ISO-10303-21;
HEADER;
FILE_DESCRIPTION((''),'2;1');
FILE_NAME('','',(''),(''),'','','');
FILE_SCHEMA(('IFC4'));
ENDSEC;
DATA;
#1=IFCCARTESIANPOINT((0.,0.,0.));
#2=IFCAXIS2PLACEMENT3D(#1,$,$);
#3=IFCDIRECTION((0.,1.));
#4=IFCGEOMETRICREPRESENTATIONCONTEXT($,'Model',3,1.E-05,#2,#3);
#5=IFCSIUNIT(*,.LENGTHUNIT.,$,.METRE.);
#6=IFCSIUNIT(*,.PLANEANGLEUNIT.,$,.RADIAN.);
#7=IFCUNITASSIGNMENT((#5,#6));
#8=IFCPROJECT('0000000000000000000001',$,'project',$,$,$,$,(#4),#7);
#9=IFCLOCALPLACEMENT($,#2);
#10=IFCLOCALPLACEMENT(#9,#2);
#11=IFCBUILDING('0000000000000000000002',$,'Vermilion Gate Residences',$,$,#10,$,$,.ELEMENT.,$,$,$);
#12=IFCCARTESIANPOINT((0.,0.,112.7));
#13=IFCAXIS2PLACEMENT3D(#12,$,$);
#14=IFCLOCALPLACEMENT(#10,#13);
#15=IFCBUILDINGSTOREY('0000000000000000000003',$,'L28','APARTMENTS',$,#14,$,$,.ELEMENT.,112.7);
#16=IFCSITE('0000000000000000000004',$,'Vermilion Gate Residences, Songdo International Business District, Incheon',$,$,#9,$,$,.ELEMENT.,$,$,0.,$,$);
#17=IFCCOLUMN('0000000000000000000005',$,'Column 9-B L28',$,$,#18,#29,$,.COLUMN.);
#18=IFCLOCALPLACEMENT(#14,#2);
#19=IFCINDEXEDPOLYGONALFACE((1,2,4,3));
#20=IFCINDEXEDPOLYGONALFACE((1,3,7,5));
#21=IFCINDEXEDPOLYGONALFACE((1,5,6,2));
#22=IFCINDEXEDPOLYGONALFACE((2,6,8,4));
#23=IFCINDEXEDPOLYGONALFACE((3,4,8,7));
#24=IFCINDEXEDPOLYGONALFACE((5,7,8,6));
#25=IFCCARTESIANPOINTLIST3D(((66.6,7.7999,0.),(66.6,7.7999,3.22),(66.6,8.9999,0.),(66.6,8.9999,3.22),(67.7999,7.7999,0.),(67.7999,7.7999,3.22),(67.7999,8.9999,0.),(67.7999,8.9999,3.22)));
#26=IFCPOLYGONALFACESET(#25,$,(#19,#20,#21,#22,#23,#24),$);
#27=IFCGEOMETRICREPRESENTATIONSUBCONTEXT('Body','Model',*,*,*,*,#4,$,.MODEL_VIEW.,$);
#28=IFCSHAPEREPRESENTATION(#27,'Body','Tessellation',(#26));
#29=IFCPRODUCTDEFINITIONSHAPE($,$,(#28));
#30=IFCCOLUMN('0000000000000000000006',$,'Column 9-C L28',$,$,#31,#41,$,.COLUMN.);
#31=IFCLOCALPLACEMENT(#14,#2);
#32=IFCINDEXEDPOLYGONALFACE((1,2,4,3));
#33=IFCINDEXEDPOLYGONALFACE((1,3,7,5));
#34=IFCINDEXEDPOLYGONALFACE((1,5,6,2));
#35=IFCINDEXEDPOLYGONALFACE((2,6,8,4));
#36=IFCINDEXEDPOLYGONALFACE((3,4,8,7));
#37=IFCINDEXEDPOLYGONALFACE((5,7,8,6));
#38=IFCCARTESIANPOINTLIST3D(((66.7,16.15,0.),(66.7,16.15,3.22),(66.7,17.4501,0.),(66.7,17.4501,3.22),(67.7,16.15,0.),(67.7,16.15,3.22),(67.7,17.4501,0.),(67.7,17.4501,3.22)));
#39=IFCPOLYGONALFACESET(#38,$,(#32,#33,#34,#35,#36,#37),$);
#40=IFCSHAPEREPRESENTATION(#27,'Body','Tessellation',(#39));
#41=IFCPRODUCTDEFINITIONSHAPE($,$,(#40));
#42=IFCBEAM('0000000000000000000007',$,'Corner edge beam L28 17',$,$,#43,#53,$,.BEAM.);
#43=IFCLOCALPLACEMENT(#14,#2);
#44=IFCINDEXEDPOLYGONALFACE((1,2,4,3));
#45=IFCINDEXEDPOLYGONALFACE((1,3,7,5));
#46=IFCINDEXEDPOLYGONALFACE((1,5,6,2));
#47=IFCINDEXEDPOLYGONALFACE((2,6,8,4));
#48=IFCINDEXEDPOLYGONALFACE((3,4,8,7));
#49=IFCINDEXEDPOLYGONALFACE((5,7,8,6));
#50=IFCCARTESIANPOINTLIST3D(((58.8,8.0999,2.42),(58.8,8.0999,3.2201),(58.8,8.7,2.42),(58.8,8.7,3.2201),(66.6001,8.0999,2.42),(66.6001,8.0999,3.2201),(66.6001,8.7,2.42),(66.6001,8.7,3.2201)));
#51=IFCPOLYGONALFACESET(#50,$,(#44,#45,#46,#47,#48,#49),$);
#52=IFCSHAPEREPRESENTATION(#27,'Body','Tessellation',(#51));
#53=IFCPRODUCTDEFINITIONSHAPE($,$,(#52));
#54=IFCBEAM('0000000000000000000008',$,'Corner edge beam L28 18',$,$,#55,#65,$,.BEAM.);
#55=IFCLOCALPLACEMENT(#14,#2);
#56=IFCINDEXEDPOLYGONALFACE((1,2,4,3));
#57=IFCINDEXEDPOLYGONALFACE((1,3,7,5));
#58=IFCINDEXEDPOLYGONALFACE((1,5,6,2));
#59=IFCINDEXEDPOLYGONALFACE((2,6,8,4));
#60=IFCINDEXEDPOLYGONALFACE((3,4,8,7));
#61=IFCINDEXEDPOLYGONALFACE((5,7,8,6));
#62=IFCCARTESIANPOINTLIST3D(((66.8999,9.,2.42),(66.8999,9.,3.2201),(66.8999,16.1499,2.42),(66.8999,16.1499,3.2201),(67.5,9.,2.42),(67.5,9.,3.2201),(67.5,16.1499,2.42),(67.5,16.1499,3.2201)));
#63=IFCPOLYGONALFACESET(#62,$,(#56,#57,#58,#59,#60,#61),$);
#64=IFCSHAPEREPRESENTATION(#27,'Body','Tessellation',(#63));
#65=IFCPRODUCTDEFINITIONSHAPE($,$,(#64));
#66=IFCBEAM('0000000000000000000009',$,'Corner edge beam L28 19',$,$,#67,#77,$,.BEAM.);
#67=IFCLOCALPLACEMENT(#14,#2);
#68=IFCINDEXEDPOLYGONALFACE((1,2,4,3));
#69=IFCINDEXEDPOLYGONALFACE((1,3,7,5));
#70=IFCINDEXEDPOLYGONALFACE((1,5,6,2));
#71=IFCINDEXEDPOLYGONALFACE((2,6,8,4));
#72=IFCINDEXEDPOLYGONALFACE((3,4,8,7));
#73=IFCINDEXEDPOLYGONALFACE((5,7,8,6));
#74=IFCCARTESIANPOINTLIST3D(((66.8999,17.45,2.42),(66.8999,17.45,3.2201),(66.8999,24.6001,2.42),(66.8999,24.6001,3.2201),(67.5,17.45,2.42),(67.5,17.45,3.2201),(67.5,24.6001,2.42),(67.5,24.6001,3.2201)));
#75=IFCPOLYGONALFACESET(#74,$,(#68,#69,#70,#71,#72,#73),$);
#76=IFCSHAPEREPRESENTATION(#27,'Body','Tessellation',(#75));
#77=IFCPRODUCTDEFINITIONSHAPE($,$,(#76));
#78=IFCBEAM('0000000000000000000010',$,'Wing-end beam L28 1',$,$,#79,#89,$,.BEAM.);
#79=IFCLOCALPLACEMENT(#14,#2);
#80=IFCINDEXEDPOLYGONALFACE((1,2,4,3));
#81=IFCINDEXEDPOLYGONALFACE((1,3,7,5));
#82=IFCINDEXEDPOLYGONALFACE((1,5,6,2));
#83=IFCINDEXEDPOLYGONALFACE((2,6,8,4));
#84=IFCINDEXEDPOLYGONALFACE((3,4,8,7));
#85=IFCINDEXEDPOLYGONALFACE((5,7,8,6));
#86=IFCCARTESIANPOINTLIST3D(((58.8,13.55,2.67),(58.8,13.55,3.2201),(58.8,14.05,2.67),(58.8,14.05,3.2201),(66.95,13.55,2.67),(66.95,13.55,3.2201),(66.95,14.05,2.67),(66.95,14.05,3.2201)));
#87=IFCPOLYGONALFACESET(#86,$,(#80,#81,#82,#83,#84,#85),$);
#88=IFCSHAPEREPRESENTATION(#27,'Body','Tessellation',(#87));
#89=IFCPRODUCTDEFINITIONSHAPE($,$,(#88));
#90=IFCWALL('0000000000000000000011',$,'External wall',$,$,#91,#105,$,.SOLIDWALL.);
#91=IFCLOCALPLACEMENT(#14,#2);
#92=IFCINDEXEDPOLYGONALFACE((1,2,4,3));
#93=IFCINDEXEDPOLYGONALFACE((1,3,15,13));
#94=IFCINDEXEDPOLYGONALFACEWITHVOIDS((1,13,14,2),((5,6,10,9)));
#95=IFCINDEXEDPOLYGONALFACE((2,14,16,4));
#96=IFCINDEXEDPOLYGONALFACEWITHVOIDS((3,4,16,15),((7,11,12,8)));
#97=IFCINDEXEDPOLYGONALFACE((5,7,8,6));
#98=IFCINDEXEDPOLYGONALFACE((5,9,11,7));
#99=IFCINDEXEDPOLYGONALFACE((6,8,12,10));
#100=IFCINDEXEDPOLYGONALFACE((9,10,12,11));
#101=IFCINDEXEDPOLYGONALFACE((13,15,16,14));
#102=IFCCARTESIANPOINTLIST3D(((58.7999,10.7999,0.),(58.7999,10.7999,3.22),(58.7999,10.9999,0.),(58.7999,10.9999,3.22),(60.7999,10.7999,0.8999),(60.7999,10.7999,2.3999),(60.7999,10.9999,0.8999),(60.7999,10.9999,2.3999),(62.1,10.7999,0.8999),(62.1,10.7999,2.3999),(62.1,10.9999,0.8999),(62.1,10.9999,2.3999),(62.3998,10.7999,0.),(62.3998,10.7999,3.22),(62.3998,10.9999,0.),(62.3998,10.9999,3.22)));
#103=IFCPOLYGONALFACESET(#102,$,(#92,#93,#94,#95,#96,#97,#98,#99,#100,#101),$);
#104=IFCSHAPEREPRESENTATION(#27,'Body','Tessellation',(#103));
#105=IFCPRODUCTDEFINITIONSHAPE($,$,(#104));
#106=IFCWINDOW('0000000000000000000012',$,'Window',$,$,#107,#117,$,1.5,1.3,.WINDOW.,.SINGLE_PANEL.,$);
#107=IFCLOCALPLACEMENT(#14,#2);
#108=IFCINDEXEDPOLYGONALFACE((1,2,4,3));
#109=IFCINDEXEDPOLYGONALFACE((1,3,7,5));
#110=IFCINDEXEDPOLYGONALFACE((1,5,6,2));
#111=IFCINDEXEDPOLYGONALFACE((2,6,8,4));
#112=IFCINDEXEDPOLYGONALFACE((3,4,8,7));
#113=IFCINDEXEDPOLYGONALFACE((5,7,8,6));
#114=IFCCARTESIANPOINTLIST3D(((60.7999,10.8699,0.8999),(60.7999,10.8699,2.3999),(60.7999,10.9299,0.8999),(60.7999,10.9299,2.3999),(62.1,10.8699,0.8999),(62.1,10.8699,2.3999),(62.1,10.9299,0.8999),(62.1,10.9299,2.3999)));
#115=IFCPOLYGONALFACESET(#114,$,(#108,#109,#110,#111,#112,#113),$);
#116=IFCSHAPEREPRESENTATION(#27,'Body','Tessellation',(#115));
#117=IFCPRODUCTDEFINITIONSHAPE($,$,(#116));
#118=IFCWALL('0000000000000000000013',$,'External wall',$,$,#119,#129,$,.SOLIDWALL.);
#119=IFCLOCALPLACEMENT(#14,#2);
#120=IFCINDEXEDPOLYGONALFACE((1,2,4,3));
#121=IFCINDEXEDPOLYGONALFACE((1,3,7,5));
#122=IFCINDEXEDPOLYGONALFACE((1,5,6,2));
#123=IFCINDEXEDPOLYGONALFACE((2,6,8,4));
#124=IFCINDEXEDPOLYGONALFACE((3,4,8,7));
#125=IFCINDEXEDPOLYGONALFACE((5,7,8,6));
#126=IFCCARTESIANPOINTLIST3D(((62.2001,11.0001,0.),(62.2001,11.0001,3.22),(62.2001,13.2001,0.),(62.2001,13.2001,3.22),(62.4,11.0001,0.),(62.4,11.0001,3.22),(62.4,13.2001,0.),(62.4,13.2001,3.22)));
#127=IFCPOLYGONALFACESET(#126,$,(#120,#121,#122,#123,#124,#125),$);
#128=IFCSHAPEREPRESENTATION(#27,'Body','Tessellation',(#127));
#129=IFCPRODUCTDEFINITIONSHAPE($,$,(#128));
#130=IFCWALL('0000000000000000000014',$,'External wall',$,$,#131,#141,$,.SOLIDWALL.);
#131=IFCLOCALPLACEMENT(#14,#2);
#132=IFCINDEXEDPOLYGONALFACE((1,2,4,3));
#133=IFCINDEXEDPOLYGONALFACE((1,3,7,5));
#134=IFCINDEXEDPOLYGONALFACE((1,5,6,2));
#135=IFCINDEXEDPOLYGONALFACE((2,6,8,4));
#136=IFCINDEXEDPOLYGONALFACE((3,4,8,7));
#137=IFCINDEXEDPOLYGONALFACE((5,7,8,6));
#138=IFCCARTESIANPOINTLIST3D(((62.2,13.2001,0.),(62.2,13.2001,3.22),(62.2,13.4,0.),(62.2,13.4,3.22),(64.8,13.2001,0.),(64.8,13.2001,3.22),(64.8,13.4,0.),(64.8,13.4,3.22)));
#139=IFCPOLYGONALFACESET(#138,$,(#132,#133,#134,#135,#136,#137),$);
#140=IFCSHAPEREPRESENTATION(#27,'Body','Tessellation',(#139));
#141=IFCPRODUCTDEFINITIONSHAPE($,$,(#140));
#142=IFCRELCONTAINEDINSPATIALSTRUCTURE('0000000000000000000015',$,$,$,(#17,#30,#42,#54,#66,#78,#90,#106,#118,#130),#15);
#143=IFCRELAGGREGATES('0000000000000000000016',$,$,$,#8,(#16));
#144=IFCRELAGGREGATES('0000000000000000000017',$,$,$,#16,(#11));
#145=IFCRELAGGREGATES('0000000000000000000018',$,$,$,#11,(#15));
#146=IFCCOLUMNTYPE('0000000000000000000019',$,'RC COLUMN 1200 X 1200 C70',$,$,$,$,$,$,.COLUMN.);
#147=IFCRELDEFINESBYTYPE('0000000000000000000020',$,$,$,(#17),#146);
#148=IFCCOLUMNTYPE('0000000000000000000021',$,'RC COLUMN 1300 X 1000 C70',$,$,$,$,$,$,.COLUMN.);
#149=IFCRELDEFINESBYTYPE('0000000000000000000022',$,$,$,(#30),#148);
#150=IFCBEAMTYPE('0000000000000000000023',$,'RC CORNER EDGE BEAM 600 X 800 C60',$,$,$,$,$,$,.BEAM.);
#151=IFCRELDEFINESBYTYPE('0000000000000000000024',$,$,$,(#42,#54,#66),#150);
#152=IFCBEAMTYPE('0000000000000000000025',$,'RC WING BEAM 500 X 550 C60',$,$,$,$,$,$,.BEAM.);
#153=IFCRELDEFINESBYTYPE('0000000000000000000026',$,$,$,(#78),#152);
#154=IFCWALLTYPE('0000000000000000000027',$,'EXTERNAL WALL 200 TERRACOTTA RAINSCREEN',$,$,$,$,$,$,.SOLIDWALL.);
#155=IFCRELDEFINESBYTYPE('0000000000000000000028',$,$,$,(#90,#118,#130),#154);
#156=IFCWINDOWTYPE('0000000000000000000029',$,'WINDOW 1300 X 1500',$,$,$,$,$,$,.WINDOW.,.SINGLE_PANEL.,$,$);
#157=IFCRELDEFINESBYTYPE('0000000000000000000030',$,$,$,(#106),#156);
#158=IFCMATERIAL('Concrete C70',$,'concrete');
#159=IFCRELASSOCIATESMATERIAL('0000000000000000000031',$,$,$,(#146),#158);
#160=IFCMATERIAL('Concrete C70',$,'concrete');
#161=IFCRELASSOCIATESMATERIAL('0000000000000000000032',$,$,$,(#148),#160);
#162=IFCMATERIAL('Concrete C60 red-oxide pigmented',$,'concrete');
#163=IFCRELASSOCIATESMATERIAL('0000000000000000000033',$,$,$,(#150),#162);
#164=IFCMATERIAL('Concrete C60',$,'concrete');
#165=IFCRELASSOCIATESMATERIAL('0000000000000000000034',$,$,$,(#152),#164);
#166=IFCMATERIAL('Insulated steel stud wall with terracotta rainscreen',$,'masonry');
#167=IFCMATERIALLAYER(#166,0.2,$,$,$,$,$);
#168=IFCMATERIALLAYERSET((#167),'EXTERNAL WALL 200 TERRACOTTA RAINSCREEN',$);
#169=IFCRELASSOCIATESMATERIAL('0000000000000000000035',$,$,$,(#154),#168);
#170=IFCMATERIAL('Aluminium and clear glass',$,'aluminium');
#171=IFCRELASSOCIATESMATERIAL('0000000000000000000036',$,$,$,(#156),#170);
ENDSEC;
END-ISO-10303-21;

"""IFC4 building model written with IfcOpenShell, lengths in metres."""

from ifc_helpers import new_model, si_unit, direction, frame, frame_2d, origin, origin_2d, place, context, subcontext, project, spatial, rectangle, extrude, material, layer, layer_set, material_profile, profile_set, type_object, element, fill, save


model = new_model("IFC4")

# Units and contexts
model_context = context("Model", 3, precision=1e-05, world=origin(), true_north=direction((0.0, 1.0)))
body_context = subcontext(model_context, "Body", "Model", "MODEL_VIEW")
ifc_project = project(units=[si_unit("LENGTHUNIT", "METRE"), si_unit("PLANEANGLEUNIT", "RADIAN")], contexts=[model_context])

# Site, building, storey
site_placement = place(None, origin())
site = spatial("IfcSite", under=ifc_project, at=site_placement, Name="Vermilion Gate Residences, Songdo International Business District, Incheon", CompositionType="ELEMENT", RefElevation=0.0)
building_placement = place(site_placement, origin())
building = spatial("IfcBuilding", under=site, at=building_placement, Name="Vermilion Gate Residences", CompositionType="ELEMENT")
storey_placement = place(building_placement, frame((0.0, 0.0, 112.7)))
storey = spatial("IfcBuildingStorey", under=building, at=storey_placement, Name="L28", Description="APARTMENTS", CompositionType="ELEMENT", Elevation=112.7)

# Columns
ifc_material_1 = material(Name="Concrete C70", Category="concrete")
ifc_material_profile_1 = material_profile(ifc_material_1, rectangle(XDim=1.2, YDim=1.2, at=origin_2d()), Name="RC-1200x1200")
ifc_profile_set_1 = profile_set([ifc_material_profile_1], Name="Concrete C70")
column_type_1 = type_object("IfcColumnType", Name="RC COLUMN 1200 X 1200 C70", PredefinedType="COLUMN", material=ifc_profile_set_1)
column_1_placement = place(storey_placement, frame((67.2, 8.3999, 0.0), z_axis=(0.0, 0.0, 1.0), x_axis=(1.0, 0.0, 0.0)))
element("IfcColumn", 1, at=column_1_placement, inside=storey, type_object=column_type_1, Name="Column 9-B L28", PredefinedType="COLUMN", context=body_context, shape_type="SweptSolid", body=[
    extrude(rectangle(XDim=1.2, YDim=1.2, at=origin_2d()), origin(), (0.0, 0.0, 1.0), 3.22),
])
ifc_material_2 = material(Name="Concrete C70", Category="concrete")
ifc_material_profile_2 = material_profile(ifc_material_2, rectangle(XDim=1.3, YDim=1.0, at=origin_2d()), Name="RC-1300x1000")
ifc_profile_set_2 = profile_set([ifc_material_profile_2], Name="Concrete C70")
column_type_2 = type_object("IfcColumnType", Name="RC COLUMN 1300 X 1000 C70", PredefinedType="COLUMN", material=ifc_profile_set_2)
column_2_placement = place(storey_placement, frame((67.2, 16.8, 0.0), z_axis=(0.0, 0.0, 1.0), x_axis=(0.0, 1.0, 0.0)))
element("IfcColumn", 2, at=column_2_placement, inside=storey, type_object=column_type_2, Name="Column 9-C L28", PredefinedType="COLUMN", context=body_context, shape_type="SweptSolid", body=[
    extrude(rectangle(XDim=1.3, YDim=1.0, at=origin_2d()), origin(), (0.0, 0.0, 1.0), 3.22),
])

# Beams
ifc_material_3 = material(Name="Concrete C60 red-oxide pigmented", Category="concrete")
ifc_material_profile_3 = material_profile(ifc_material_3, rectangle(XDim=0.6001, YDim=0.8, at=origin_2d()), Name="RC-600x800")
ifc_profile_set_3 = profile_set([ifc_material_profile_3], Name="Concrete C60 red-oxide pigmented")
beam_type_1 = type_object("IfcBeamType", Name="RC CORNER EDGE BEAM 600 X 800 C60", PredefinedType="BEAM", material=ifc_profile_set_3)
beam_1_placement = place(storey_placement, frame((58.8, 8.3999, 2.8201), z_axis=(1.0, 0.0, 0.0), x_axis=(0.0, 1.0, 0.0)))
element("IfcBeam", 3, at=beam_1_placement, inside=storey, type_object=beam_type_1, Name="Corner edge beam L28 17", PredefinedType="BEAM", context=body_context, shape_type="SweptSolid", body=[
    extrude(rectangle(XDim=0.6001, YDim=0.8, at=origin_2d()), origin(), (0.0, 0.0, 1.0), 7.8),
])
beam_2_placement = place(storey_placement, frame((67.2, 9.0, 2.8201), z_axis=(0.0, 1.0, 0.0), x_axis=(-1.0, 0.0, 0.0)))
element("IfcBeam", 4, at=beam_2_placement, inside=storey, type_object=beam_type_1, Name="Corner edge beam L28 18", PredefinedType="BEAM", context=body_context, shape_type="SweptSolid", body=[
    extrude(rectangle(XDim=0.6001, YDim=0.8, at=origin_2d()), origin(), (0.0, 0.0, 1.0), 7.1499),
])
beam_3_placement = place(storey_placement, frame((67.2, 17.45, 2.8201), z_axis=(0.0, 1.0, 0.0), x_axis=(-1.0, 0.0, 0.0)))
element("IfcBeam", 5, at=beam_3_placement, inside=storey, type_object=beam_type_1, Name="Corner edge beam L28 19", PredefinedType="BEAM", context=body_context, shape_type="SweptSolid", body=[
    extrude(rectangle(XDim=0.6001, YDim=0.8, at=origin_2d()), origin(), (0.0, 0.0, 1.0), 7.1501),
])
ifc_material_4 = material(Name="Concrete C60", Category="concrete")
ifc_material_profile_4 = material_profile(ifc_material_4, rectangle(XDim=0.5, YDim=0.55, at=origin_2d()), Name="RC-500x550")
ifc_profile_set_4 = profile_set([ifc_material_profile_4], Name="Concrete C60")
beam_type_2 = type_object("IfcBeamType", Name="RC WING BEAM 500 X 550 C60", PredefinedType="BEAM", material=ifc_profile_set_4)
beam_4_placement = place(storey_placement, frame((58.8, 13.8, 2.9451), z_axis=(1.0, 0.0, 0.0), x_axis=(0.0, 1.0, 0.0)))
element("IfcBeam", 6, at=beam_4_placement, inside=storey, type_object=beam_type_2, Name="Wing-end beam L28 1", PredefinedType="BEAM", context=body_context, shape_type="SweptSolid", body=[
    extrude(rectangle(XDim=0.5, YDim=0.55, at=origin_2d()), origin(), (0.0, 0.0, 1.0), 8.1499),
])

# Wall, opening, window
ifc_material_5 = material(Name="Insulated steel stud wall with terracotta rainscreen", Category="masonry")
ifc_layer_1 = layer(ifc_material_5, 0.2)
ifc_layer_set_1 = layer_set([ifc_layer_1], Name="EXTERNAL WALL 200 TERRACOTTA RAINSCREEN")
wall_type_1 = type_object("IfcWallType", Name="EXTERNAL WALL 200 TERRACOTTA RAINSCREEN", PredefinedType="SOLIDWALL", material=ifc_layer_set_1)
wall_1_placement = place(storey_placement, frame((58.8, 10.8999, 0.0), z_axis=(0.0, 0.0, 1.0), x_axis=(1.0, 0.0, 0.0)))
wall_1 = element("IfcWall", 7, at=wall_1_placement, inside=storey, type_object=wall_type_1, Name="External wall", PredefinedType="SOLIDWALL", context=body_context, shape_type="SweptSolid", body=[
    extrude(rectangle(XDim=3.5999, YDim=0.2, at=frame_2d((1.7998, 0.0))), origin(), (0.0, 0.0, 1.0), 3.22),
])
opening_1_placement = place(wall_1_placement, frame((2.0, 0.0, 0.8999)))
opening_1 = element("IfcOpeningElement", 8, at=opening_1_placement, cuts=wall_1, PredefinedType="OPENING", context=body_context, shape_type="SweptSolid", body=[
    extrude(rectangle(XDim=1.3, YDim=1.5, at=frame_2d((0.6499, 0.75))), frame((0.0, 0.1099, 0.0), z_axis=(0.0, -1.0, 0.0), x_axis=(1.0, 0.0, 0.0)), (0.0, 0.0, 1.0), 0.22),
])
ifc_material_6 = material(Name="Aluminium and clear glass", Category="aluminium")
window_type_1 = type_object("IfcWindowType", Name="WINDOW 1300 X 1500", PartitioningType="SINGLE_PANEL", PredefinedType="WINDOW", material=ifc_material_6)
window_1_placement = place(opening_1_placement, origin())
window_1 = element("IfcWindow", 9, at=window_1_placement, inside=storey, type_object=window_type_1, Name="Window", OverallHeight=1.5, OverallWidth=1.3, PartitioningType="SINGLE_PANEL", PredefinedType="WINDOW", context=body_context, shape_type="SweptSolid", body=[
    extrude(rectangle(XDim=1.3, YDim=1.5, at=frame_2d((0.6499, 0.75))), frame((0.0, 0.03, 0.0), z_axis=(0.0, -1.0, 0.0), x_axis=(1.0, 0.0, 0.0)), (0.0, 0.0, 1.0), 0.0601),
])
fill(opening_1, window_1)

# Walls
wall_2_placement = place(storey_placement, frame((62.3, 11.0, 0.0), z_axis=(0.0, 0.0, 1.0), x_axis=(0.0, 1.0, 0.0)))
element("IfcWall", 10, at=wall_2_placement, inside=storey, type_object=wall_type_1, Name="External wall", PredefinedType="SOLIDWALL", context=body_context, shape_type="SweptSolid", body=[
    extrude(rectangle(XDim=2.2, YDim=0.2, at=frame_2d((1.1001, 0.0))), origin(), (0.0, 0.0, 1.0), 3.22),
])
wall_3_placement = place(storey_placement, frame((62.2, 13.3, 0.0), z_axis=(0.0, 0.0, 1.0), x_axis=(1.0, 0.0, 0.0)))
element("IfcWall", 11, at=wall_3_placement, inside=storey, type_object=wall_type_1, Name="External wall", PredefinedType="SOLIDWALL", context=body_context, shape_type="SweptSolid", body=[
    extrude(rectangle(XDim=2.6001, YDim=0.2, at=frame_2d((1.3, 0.0))), origin(), (0.0, 0.0, 1.0), 3.22),
])

save(model, "model.ifc")
